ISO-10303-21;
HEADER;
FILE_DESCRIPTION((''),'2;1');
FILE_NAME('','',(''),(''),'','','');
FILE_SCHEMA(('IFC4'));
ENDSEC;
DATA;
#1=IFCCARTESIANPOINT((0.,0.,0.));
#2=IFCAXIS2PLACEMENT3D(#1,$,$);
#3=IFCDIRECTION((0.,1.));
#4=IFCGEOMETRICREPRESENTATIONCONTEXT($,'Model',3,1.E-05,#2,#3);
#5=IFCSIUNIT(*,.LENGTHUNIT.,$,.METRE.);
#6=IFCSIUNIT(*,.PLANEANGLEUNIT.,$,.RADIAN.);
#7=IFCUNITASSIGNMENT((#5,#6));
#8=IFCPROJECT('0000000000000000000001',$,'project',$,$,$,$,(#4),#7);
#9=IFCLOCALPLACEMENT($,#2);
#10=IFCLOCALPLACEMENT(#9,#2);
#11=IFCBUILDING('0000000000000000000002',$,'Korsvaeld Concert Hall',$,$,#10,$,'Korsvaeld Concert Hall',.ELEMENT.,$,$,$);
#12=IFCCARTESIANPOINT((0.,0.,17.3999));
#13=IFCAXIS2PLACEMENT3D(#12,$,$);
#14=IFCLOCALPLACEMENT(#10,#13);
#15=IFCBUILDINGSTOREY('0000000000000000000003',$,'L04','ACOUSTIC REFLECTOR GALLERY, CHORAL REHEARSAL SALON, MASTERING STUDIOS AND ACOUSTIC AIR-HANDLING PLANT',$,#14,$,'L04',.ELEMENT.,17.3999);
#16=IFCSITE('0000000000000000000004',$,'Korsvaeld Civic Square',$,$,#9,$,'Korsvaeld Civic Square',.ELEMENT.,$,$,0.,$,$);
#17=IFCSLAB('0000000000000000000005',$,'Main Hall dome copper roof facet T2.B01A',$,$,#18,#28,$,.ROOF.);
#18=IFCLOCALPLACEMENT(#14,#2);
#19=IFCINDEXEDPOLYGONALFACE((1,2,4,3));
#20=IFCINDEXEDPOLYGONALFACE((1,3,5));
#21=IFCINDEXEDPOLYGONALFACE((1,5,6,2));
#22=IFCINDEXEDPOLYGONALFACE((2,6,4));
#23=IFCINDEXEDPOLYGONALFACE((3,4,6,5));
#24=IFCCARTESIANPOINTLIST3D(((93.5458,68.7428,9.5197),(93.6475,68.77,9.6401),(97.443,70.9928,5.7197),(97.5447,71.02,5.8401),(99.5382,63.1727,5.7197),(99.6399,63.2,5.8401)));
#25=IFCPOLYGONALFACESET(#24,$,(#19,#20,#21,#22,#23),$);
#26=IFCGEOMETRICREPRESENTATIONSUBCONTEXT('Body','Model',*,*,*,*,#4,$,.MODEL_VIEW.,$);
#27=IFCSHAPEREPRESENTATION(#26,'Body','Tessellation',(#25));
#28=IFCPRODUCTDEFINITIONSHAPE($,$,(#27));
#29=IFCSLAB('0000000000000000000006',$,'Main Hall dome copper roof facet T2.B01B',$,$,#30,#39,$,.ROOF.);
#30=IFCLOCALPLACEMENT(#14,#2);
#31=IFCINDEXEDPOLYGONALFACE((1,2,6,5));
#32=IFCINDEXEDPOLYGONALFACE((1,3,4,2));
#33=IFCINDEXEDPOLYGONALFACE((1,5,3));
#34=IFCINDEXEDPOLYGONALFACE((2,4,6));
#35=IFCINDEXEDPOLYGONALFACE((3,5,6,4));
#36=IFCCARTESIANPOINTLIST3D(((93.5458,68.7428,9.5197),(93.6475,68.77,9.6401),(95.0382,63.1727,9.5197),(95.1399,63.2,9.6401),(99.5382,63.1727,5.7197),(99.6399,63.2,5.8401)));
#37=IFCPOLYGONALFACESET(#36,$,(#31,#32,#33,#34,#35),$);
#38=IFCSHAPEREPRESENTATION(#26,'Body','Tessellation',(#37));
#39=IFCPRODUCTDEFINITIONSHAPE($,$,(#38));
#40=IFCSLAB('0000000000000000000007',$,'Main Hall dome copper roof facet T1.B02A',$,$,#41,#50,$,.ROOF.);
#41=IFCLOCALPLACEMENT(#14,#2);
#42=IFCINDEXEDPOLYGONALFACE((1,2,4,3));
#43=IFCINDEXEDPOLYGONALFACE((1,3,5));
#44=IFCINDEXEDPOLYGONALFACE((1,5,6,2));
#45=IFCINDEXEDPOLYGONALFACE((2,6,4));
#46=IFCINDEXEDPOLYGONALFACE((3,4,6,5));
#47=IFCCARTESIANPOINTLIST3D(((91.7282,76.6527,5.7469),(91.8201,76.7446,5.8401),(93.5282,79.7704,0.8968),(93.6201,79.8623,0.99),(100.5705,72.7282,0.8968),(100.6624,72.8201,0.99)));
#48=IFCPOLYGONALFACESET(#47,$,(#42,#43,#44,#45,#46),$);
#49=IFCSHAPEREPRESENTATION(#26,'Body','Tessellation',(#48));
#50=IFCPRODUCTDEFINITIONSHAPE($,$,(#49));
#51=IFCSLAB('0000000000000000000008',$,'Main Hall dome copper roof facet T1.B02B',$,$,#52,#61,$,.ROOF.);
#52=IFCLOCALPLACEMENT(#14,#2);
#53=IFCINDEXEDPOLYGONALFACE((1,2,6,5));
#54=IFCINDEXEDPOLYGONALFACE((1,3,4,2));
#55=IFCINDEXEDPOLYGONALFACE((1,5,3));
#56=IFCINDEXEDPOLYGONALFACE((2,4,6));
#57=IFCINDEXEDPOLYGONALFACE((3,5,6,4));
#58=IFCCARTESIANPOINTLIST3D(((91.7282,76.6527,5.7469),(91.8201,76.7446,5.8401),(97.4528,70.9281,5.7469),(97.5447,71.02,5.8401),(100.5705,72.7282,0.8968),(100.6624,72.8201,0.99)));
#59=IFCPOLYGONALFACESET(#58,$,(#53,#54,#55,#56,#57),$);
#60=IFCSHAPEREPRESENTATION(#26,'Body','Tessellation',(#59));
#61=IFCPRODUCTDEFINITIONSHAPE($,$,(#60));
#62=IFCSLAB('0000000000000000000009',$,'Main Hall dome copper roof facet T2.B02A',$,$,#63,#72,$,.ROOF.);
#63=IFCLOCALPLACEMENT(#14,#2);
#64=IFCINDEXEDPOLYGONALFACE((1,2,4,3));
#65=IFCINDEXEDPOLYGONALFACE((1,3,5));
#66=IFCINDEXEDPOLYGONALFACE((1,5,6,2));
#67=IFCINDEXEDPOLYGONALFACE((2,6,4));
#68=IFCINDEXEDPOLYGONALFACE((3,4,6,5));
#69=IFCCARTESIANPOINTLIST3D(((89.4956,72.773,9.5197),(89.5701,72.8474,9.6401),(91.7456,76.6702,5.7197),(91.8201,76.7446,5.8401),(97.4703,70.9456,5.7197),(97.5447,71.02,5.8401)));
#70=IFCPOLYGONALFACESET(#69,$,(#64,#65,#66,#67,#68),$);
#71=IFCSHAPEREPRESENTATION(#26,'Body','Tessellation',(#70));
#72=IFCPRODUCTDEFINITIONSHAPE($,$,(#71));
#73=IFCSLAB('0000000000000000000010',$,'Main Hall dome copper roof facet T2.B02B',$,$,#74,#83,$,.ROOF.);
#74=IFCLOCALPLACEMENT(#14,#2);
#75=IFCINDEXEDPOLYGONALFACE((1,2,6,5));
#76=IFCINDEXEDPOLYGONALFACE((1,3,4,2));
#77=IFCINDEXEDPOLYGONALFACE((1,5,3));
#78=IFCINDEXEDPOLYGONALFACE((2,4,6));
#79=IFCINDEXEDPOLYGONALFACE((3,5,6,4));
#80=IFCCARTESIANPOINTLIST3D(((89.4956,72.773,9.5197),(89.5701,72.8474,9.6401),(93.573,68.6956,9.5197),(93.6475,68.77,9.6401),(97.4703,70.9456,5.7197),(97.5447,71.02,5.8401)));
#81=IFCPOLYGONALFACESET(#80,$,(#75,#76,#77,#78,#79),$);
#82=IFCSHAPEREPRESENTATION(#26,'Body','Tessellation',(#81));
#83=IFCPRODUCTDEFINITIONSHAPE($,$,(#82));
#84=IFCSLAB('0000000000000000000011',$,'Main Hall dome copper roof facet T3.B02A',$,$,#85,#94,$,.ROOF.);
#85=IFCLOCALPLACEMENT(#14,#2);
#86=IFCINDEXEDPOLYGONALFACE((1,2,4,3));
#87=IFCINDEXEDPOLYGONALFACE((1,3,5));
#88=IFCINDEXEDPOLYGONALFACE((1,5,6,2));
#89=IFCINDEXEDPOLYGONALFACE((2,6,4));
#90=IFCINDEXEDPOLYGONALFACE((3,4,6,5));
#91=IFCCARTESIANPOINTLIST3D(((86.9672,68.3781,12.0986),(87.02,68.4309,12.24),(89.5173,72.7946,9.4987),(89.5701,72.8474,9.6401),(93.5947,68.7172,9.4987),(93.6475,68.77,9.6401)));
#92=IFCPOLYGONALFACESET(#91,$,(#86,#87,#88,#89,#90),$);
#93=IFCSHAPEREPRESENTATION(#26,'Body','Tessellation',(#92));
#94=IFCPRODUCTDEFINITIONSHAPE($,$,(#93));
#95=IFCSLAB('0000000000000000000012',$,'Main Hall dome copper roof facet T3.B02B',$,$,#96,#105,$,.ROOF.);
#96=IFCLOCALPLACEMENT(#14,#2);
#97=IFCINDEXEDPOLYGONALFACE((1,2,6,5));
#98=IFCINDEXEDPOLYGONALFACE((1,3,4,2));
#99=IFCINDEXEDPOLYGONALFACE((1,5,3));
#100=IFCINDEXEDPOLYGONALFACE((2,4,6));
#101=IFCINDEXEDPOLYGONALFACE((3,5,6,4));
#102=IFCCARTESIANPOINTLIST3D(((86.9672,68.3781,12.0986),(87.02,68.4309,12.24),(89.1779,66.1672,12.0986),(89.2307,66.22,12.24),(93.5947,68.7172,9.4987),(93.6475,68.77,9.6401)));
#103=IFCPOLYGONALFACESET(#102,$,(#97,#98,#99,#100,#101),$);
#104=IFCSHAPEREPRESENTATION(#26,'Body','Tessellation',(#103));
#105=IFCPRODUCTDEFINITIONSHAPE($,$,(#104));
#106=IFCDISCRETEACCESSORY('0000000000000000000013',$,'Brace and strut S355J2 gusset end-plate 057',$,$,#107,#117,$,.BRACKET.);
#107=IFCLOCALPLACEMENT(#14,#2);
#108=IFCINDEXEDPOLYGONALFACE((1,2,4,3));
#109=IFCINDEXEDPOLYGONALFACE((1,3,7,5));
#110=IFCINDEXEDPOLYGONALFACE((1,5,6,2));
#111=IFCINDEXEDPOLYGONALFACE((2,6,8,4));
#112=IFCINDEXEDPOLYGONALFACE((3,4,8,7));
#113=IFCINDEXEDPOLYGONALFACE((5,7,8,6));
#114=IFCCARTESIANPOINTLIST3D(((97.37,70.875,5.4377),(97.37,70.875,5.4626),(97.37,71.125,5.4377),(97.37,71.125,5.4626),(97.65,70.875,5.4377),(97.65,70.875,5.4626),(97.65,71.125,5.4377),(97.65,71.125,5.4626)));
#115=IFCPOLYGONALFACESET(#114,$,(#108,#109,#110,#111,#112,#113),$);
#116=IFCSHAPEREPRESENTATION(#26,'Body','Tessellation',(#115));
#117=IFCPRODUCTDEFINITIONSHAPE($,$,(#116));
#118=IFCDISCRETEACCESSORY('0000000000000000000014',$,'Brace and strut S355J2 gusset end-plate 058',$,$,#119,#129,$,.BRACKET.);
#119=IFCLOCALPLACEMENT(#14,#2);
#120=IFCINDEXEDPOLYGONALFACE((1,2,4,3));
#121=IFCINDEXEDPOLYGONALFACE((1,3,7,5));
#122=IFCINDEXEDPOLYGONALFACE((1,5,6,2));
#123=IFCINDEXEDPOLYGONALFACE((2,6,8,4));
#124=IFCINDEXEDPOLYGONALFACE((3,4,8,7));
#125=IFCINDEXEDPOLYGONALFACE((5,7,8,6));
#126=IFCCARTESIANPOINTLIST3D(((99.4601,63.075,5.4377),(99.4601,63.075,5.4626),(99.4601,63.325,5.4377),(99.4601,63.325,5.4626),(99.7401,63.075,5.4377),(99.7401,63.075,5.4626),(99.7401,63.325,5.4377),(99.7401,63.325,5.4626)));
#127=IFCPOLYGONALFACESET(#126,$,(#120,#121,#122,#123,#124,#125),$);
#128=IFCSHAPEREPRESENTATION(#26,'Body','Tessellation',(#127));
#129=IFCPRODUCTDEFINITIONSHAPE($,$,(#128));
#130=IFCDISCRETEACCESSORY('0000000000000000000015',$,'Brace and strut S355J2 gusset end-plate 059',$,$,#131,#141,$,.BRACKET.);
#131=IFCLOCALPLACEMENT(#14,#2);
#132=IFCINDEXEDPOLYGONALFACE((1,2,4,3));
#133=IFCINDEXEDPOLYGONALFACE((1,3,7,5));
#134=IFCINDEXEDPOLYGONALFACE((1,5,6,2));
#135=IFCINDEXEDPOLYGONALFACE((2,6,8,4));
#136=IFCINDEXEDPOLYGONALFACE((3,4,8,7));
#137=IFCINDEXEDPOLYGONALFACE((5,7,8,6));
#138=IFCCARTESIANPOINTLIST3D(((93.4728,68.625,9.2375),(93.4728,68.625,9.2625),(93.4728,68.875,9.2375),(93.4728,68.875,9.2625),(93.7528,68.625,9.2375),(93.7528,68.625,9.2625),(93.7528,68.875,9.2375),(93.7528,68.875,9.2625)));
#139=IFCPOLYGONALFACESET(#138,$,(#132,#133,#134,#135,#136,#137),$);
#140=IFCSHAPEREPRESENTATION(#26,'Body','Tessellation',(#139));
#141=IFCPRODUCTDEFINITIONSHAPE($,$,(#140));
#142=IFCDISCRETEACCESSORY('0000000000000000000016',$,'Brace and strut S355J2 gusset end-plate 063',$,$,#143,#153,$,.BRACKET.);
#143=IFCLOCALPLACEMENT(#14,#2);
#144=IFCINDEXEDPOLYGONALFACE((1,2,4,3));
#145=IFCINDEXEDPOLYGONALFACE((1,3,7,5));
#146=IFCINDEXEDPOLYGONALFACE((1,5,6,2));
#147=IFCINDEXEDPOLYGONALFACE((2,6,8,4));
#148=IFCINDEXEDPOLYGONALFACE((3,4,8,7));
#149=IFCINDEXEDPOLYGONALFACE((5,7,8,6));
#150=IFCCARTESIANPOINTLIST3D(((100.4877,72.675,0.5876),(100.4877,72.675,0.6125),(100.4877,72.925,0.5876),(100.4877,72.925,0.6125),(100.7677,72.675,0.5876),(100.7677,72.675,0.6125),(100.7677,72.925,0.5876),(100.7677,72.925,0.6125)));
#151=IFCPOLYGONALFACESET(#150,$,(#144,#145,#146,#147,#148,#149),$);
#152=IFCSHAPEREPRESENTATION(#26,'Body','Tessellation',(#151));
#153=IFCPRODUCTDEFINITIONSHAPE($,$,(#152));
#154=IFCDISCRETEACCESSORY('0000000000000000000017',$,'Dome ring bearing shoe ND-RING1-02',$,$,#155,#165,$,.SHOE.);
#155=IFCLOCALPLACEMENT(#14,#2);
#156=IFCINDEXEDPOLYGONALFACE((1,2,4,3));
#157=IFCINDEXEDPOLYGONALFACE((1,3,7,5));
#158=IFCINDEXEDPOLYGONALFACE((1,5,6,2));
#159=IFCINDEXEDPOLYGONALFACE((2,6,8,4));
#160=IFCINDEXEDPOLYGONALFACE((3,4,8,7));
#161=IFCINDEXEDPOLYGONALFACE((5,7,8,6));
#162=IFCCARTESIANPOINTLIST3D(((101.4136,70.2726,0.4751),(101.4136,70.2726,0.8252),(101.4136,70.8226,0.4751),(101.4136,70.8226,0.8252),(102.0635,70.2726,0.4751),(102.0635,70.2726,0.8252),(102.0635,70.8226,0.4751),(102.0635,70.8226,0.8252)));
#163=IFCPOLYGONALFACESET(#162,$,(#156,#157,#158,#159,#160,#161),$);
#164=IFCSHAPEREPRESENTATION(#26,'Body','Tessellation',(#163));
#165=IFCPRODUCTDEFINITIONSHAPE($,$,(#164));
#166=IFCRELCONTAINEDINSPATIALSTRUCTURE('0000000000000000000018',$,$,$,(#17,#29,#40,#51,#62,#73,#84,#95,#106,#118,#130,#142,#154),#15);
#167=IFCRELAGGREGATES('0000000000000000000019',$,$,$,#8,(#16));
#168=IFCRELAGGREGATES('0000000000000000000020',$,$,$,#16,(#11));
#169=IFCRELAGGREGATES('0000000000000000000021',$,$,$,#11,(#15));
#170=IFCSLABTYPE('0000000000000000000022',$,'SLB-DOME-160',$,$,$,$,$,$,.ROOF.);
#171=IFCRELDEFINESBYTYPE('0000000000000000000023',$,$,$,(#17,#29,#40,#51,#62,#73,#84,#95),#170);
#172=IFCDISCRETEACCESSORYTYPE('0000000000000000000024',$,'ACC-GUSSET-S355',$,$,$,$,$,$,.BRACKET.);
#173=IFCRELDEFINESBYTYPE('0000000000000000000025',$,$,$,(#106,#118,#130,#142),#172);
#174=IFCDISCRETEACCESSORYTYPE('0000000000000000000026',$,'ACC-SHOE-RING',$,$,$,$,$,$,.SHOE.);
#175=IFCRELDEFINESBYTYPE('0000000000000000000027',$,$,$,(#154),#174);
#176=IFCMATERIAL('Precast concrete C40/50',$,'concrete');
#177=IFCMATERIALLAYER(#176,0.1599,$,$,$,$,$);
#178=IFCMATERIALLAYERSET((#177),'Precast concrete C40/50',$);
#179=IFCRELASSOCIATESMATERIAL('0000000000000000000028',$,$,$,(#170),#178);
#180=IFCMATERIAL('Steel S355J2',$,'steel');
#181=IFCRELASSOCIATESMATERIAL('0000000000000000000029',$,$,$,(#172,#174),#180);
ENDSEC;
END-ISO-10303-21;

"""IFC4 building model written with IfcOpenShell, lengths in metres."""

from ifc_helpers import new_model, si_unit, direction, frame, origin, origin_2d, place, context, subcontext, project, spatial, polyline, rectangle, outline, extrude, material, layer, layer_set, type_object, element, save


model = new_model("IFC4")

# Units and contexts
model_context = context("Model", 3, precision=1e-05, world=origin(), true_north=direction((0.0, 1.0)))
body_context = subcontext(model_context, "Body", "Model", "MODEL_VIEW")
ifc_project = project(units=[si_unit("LENGTHUNIT", "METRE"), si_unit("PLANEANGLEUNIT", "RADIAN")], contexts=[model_context])

# Site, building, storey
site_placement = place(None, origin())
site = spatial("IfcSite", under=ifc_project, at=site_placement, Name="Korsvaeld Civic Square", LongName="Korsvaeld Civic Square", CompositionType="ELEMENT", RefElevation=0.0)
building_placement = place(site_placement, origin())
building = spatial("IfcBuilding", under=site, at=building_placement, Name="Korsvaeld Concert Hall", LongName="Korsvaeld Concert Hall", CompositionType="ELEMENT")
storey_placement = place(building_placement, frame((0.0, 0.0, 17.3999)))
storey = spatial("IfcBuildingStorey", under=building, at=storey_placement, Name="L04", Description="ACOUSTIC REFLECTOR GALLERY, CHORAL REHEARSAL SALON, MASTERING STUDIOS AND ACOUSTIC AIR-HANDLING PLANT", LongName="L04", CompositionType="ELEMENT", Elevation=17.3999)

# Shared definitions
ifc_material_1 = material(Name="Steel S355J2", Category="steel")

# Slabs
ifc_material_2 = material(Name="Precast concrete C40/50", Category="concrete")
ifc_layer = layer(ifc_material_2, 0.1599)
ifc_layer_set = layer_set([ifc_layer], Name="Precast concrete C40/50")
slab_type = type_object("IfcSlabType", Name="SLB-DOME-160", PredefinedType="ROOF", material=ifc_layer_set)
slab_1_placement = place(storey_placement, frame((99.6399, 63.2, 5.8401), z_axis=(0.635752, 0.170336, 0.752864), x_axis=(-0.2588, 0.965931, 0.0)))
element("IfcSlab", 1, at=slab_1_placement, inside=storey, type_object=slab_type, Name="Main Hall dome copper roof facet T2.B01A", PredefinedType="ROOF", context=body_context, shape_type="SweptSolid", body=[
    extrude(outline(polyline([(0.0, 0.0), (8.0959, 0.0), (6.9311, 5.7736), (0.0, 0.0)])), origin(), (0.0, 0.0, -1.0), 0.1599),
])
slab_2_placement = place(storey_placement, frame((99.6399, 63.2, 5.8401), z_axis=(0.635756, 0.170343, 0.752859), x_axis=(-0.664289, 0.617468, 0.421253)))
element("IfcSlab", 2, at=slab_2_placement, inside=storey, type_object=slab_type, Name="Main Hall dome copper roof facet T2.B01B", PredefinedType="ROOF", context=body_context, shape_type="SweptSolid", body=[
    extrude(outline(polyline([(0.0, 0.0), (9.0208, 0.0), (4.5901, 3.6907), (0.0, 0.0)])), origin(), (0.0, 0.0, -1.0), 0.1599),
])
slab_3_placement = place(storey_placement, frame((100.6624, 72.8201, 0.99), z_axis=(0.574667, 0.574667, 0.58268), x_axis=(-0.707107, 0.707107, 0.0)))
element("IfcSlab", 3, at=slab_3_placement, inside=storey, type_object=slab_type, Name="Main Hall dome copper roof facet T1.B02A", PredefinedType="ROOF", context=body_context, shape_type="SweptSolid", body=[
    extrude(outline(polyline([(0.0, 0.0), (9.9592, 0.0), (9.0275, 5.9679), (0.0, 0.0)])), origin(), (0.0, 0.0, -1.0), 0.1599),
])
slab_4_placement = place(storey_placement, frame((100.6624, 72.8201, 0.99), z_axis=(0.574667, 0.574667, 0.58268), x_axis=(-0.81708, 0.362653, 0.448178)))
element("IfcSlab", 4, at=slab_4_placement, inside=storey, type_object=slab_type, Name="Main Hall dome copper roof facet T1.B02B", PredefinedType="ROOF", context=body_context, shape_type="SweptSolid", body=[
    extrude(outline(polyline([(0.0, 0.0), (10.8218, 0.0), (4.0683, 4.4646), (0.0, 0.0)])), origin(), (0.0, 0.0, -1.0), 0.1599),
])
slab_5_placement = place(storey_placement, frame((97.5447, 71.02, 5.8401), z_axis=(0.465401, 0.465401, 0.752864), x_axis=(-0.707107, 0.707107, 0.0)))
element("IfcSlab", 5, at=slab_5_placement, inside=storey, type_object=slab_type, Name="Main Hall dome copper roof facet T2.B02A", PredefinedType="ROOF", context=body_context, shape_type="SweptSolid", body=[
    extrude(outline(polyline([(0.0, 0.0), (8.0958, 0.0), (6.9311, 5.7736), (0.0, 0.0)])), origin(), (0.0, 0.0, -1.0), 0.1599),
])
slab_6_placement = place(storey_placement, frame((97.5447, 71.02, 5.8401), z_axis=(0.465401, 0.465401, 0.752864), x_axis=(-0.884028, 0.202576, 0.421256)))
element("IfcSlab", 6, at=slab_6_placement, inside=storey, type_object=slab_type, Name="Main Hall dome copper roof facet T2.B02B", PredefinedType="ROOF", context=body_context, shape_type="SweptSolid", body=[
    extrude(outline(polyline([(0.0, 0.0), (9.0208, 0.0), (4.5902, 3.6906), (0.0, 0.0)])), origin(), (0.0, 0.0, -1.0), 0.1599),
])
slab_7_placement = place(storey_placement, frame((93.6475, 68.77, 9.6401), z_axis=(0.330045, 0.330045, 0.884387), x_axis=(-0.707107, 0.707107, 0.0)))
element("IfcSlab", 7, at=slab_7_placement, inside=storey, type_object=slab_type, Name="Main Hall dome copper roof facet T3.B02A", PredefinedType="ROOF", context=body_context, shape_type="SweptSolid", body=[
    extrude(outline(polyline([(0.0, 0.0), (5.7663, 0.0), (4.4465, 5.5701), (0.0, 0.0)])), origin(), (0.0, 0.0, -1.0), 0.1599),
])
slab_8_placement = place(storey_placement, frame((93.6475, 68.77, 9.6401), z_axis=(0.33005, 0.330014, 0.884397), x_axis=(-0.929878, -0.04758, 0.364778)))
element("IfcSlab", 8, at=slab_8_placement, inside=storey, type_object=slab_type, Name="Main Hall dome copper roof facet T3.B02B", PredefinedType="ROOF", context=body_context, shape_type="SweptSolid", body=[
    extrude(outline(polyline([(0.0, 0.0), (7.1272, 0.0), (5.1767, 2.4436), (0.0, 0.0)])), origin(), (0.0, 0.0, -1.0), 0.1599),
])

# Discrete accessories
discrete_accessory_type_1 = type_object("IfcDiscreteAccessoryType", Name="ACC-GUSSET-S355", PredefinedType="BRACKET", material=ifc_material_1)
for number, where, z_axis, x_axis, name in (
    (9, (97.51, 71.0, 5.4377), (0.0, 0.0, 1.0), (1.0, 0.0, 0.0), "Brace and strut S355J2 gusset end-plate 057"),
    (10, (99.6001, 63.2, 5.4377), (0.0, 0.0, 1.0), (1.0, 0.0, 0.0), "Brace and strut S355J2 gusset end-plate 058"),
    (11, (93.6128, 68.75, 9.2375), (0.0, 0.0, 1.0), (1.0, 0.0, 0.0), "Brace and strut S355J2 gusset end-plate 059"),
    (12, (100.6277, 72.8, 0.5876), (0.0, 0.0, 1.0), (1.0, 0.0, 0.0), "Brace and strut S355J2 gusset end-plate 063"),
):
    element("IfcDiscreteAccessory", number, at=place(storey_placement, frame(where, z_axis=z_axis, x_axis=x_axis)), inside=storey, type_object=discrete_accessory_type_1, Name=name, PredefinedType="BRACKET", context=body_context, shape_type="SweptSolid", body=[
        extrude(rectangle(XDim=0.28, YDim=0.25, at=origin_2d()), origin(), (0.0, 0.0, 1.0), 0.0249),
    ])
discrete_accessory_type_2 = type_object("IfcDiscreteAccessoryType", Name="ACC-SHOE-RING", PredefinedType="SHOE", material=ifc_material_1)
discrete_accessory_placement = place(storey_placement, frame((101.7385, 70.5476, 0.4751), z_axis=(0.0, 0.0, 1.0), x_axis=(1.0, 0.0, 0.0)))
element("IfcDiscreteAccessory", 13, at=discrete_accessory_placement, inside=storey, type_object=discrete_accessory_type_2, Name="Dome ring bearing shoe ND-RING1-02", PredefinedType="SHOE", context=body_context, shape_type="SweptSolid", body=[
    extrude(rectangle(XDim=0.6499, YDim=0.55, at=origin_2d()), origin(), (0.0, 0.0, 1.0), 0.3501),
])

save(model, "model.ifc")
